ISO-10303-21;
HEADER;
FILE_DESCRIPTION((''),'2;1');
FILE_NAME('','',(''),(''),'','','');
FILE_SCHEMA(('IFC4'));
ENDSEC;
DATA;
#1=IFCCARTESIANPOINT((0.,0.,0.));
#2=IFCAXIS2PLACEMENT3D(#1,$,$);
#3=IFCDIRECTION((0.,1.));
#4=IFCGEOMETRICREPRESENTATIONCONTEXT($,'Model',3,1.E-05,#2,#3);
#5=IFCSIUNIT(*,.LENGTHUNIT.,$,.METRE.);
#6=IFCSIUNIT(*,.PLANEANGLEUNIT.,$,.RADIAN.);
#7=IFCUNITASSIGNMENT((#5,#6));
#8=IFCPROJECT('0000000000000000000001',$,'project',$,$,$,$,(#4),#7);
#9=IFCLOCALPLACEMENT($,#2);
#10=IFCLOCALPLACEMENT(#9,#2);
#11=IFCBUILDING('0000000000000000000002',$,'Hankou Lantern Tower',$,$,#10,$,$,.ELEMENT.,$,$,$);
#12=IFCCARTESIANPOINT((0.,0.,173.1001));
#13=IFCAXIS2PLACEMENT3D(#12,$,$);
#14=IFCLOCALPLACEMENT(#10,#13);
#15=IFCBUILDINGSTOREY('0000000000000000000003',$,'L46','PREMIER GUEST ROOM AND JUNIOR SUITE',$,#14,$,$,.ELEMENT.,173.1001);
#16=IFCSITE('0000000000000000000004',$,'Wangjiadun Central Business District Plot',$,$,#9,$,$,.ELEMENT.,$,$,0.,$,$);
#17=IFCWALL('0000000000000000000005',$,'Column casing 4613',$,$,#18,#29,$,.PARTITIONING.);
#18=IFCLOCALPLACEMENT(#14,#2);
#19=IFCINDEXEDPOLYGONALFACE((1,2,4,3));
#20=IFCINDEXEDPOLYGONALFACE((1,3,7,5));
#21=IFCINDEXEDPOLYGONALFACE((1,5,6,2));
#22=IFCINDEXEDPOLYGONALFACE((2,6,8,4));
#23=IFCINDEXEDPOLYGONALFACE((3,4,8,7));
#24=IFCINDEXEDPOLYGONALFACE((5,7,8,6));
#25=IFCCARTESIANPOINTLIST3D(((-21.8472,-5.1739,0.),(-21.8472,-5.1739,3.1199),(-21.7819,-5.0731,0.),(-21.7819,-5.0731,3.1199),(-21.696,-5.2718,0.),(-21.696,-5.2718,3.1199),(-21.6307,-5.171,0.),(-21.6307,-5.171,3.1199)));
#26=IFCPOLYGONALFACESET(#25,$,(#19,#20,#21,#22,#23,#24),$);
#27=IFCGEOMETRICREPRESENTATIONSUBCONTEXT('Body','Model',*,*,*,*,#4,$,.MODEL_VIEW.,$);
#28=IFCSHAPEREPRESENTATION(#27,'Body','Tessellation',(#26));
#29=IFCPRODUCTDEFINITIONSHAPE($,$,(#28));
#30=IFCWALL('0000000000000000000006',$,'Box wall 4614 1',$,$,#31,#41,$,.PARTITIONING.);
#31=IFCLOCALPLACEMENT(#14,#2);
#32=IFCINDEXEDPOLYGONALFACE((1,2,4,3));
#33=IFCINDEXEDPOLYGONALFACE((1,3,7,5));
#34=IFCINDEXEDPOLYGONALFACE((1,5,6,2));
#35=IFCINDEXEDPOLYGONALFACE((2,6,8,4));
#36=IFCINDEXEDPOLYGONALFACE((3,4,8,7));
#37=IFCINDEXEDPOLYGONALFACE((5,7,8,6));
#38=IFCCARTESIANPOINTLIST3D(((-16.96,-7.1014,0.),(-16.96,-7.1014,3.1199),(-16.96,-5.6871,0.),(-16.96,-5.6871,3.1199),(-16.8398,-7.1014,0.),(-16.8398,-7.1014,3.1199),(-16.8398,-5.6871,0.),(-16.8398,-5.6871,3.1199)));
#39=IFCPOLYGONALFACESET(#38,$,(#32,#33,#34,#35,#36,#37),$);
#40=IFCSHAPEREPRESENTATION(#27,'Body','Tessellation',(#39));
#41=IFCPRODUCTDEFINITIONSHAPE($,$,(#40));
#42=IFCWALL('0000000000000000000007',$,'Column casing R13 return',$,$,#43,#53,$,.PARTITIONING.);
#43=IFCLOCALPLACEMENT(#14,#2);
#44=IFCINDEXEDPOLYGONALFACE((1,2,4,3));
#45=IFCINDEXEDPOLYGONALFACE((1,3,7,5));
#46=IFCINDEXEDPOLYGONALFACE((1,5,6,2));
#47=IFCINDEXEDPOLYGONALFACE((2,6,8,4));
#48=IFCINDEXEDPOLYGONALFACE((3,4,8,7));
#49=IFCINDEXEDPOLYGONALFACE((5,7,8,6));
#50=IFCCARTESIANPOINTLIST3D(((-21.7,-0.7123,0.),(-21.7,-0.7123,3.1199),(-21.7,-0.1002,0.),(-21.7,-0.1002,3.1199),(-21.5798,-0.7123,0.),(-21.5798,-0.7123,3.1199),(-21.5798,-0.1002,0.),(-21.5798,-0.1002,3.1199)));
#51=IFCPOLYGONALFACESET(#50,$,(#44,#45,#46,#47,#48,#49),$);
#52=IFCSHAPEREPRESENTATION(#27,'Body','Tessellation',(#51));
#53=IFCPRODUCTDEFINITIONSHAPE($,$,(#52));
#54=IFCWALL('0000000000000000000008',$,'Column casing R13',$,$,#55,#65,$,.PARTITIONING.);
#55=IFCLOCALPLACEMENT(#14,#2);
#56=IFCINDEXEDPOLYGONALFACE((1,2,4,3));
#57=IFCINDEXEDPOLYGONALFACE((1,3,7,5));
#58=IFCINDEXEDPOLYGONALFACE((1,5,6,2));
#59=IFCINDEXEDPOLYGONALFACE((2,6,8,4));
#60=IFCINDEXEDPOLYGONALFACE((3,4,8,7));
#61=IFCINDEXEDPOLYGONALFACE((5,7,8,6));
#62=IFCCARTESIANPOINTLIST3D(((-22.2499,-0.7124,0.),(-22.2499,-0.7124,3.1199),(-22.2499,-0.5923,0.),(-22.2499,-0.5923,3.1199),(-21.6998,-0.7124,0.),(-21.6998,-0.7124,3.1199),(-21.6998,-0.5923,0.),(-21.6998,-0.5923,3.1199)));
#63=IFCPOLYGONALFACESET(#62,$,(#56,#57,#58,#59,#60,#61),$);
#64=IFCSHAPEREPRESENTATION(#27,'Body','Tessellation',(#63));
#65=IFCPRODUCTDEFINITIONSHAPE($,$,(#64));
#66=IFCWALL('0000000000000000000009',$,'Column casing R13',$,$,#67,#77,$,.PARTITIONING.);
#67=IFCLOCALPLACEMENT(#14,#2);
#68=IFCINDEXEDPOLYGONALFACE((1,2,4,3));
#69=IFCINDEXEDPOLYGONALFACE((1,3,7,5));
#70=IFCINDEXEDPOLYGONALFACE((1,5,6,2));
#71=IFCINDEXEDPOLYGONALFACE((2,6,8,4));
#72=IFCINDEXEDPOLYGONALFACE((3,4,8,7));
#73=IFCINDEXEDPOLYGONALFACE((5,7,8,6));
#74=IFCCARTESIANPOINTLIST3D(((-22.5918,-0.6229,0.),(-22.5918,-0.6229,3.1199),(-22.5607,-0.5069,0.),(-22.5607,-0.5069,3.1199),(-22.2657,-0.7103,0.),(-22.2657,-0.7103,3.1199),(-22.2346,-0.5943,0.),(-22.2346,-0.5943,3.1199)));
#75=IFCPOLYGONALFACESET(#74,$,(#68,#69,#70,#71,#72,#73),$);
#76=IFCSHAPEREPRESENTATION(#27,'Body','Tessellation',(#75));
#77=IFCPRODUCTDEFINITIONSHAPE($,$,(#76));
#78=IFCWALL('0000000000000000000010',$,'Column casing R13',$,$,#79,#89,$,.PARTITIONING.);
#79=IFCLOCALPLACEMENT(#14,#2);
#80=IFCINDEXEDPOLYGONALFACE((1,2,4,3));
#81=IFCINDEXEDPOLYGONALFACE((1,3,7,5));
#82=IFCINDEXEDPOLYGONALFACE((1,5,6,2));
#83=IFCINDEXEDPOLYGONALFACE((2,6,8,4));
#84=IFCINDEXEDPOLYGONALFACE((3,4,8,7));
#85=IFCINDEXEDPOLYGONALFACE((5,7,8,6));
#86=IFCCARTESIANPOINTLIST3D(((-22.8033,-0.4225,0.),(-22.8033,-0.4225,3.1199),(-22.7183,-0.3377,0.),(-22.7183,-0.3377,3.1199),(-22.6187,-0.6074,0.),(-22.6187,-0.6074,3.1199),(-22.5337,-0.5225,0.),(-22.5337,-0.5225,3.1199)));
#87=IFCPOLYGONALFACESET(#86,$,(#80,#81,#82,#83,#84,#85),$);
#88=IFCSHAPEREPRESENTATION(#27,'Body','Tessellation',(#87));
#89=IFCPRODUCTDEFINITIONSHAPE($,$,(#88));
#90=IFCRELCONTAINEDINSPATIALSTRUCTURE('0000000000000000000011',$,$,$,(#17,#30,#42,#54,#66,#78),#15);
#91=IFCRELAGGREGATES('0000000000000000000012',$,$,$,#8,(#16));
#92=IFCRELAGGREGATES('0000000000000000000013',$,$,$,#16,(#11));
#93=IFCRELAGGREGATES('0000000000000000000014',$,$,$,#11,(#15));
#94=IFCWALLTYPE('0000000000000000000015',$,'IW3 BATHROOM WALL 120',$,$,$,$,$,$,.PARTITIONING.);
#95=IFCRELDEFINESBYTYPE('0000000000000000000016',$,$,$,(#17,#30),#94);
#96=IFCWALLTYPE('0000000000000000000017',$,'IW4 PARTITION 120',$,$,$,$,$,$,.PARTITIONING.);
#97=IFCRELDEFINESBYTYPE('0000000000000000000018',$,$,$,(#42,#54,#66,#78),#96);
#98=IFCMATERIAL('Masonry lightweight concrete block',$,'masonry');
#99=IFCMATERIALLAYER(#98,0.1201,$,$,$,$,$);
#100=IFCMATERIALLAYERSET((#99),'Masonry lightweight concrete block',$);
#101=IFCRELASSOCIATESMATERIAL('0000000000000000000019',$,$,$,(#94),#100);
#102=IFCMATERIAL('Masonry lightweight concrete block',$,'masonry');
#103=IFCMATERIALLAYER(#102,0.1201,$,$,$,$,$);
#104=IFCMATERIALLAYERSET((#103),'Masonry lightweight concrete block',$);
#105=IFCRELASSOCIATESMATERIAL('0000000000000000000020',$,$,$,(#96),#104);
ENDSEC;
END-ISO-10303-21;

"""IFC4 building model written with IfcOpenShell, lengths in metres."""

from ifc_helpers import new_model, si_unit, direction, frame, frame_2d, origin, place, context, subcontext, project, spatial, rectangle, extrude, material, layer, layer_set, type_object, element, save


model = new_model("IFC4")

# Units and contexts
model_context = context("Model", 3, precision=1e-05, world=origin(), true_north=direction((0.0, 1.0)))
body_context = subcontext(model_context, "Body", "Model", "MODEL_VIEW")
ifc_project = project(units=[si_unit("LENGTHUNIT", "METRE"), si_unit("PLANEANGLEUNIT", "RADIAN")], contexts=[model_context])

# Site, building, storey
site_placement = place(None, origin())
site = spatial("IfcSite", under=ifc_project, at=site_placement, Name="Wangjiadun Central Business District Plot", CompositionType="ELEMENT", RefElevation=0.0)
building_placement = place(site_placement, origin())
building = spatial("IfcBuilding", under=site, at=building_placement, Name="Hankou Lantern Tower", CompositionType="ELEMENT")
storey_placement = place(building_placement, frame((0.0, 0.0, 173.1001)))
storey = spatial("IfcBuildingStorey", under=building, at=storey_placement, Name="L46", Description="PREMIER GUEST ROOM AND JUNIOR SUITE", CompositionType="ELEMENT", Elevation=173.1001)

# Walls
ifc_material_1 = material(Name="Masonry lightweight concrete block", Category="masonry")
ifc_layer_1 = layer(ifc_material_1, 0.1201)
ifc_layer_set_1 = layer_set([ifc_layer_1], Name="Masonry lightweight concrete block")
wall_type_1 = type_object("IfcWallType", Name="IW3 BATHROOM WALL 120", PredefinedType="PARTITIONING", material=ifc_layer_set_1)
wall_1_placement = place(storey_placement, frame((-21.6633, -5.2214, 0.0), z_axis=(0.0, 0.0, 1.0), x_axis=(-0.839279, 0.543701, 0.0)))
element("IfcWall", 1, at=wall_1_placement, inside=storey, type_object=wall_type_1, Name="Column casing 4613", PredefinedType="PARTITIONING", context=body_context, shape_type="SweptSolid", body=[
    extrude(rectangle(XDim=0.1802, YDim=0.1201, at=frame_2d((0.0901, 0.0))), origin(), (0.0, 0.0, 1.0), 3.1199),
])
wall_2_placement = place(storey_placement, frame((-16.8999, -5.6873, 0.0), z_axis=(0.0, 0.0, 1.0), x_axis=(0.0, -1.0, 0.0)))
element("IfcWall", 2, at=wall_2_placement, inside=storey, type_object=wall_type_1, Name="Box wall 4614 1", PredefinedType="PARTITIONING", context=body_context, shape_type="SweptSolid", body=[
    extrude(rectangle(XDim=1.4143, YDim=0.1201, at=frame_2d((0.707, 0.0))), origin(), (0.0, 0.0, 1.0), 3.1199),
])
ifc_material_2 = material(Name="Masonry lightweight concrete block", Category="masonry")
ifc_layer_2 = layer(ifc_material_2, 0.1201)
ifc_layer_set_2 = layer_set([ifc_layer_2], Name="Masonry lightweight concrete block")
wall_type_2 = type_object("IfcWallType", Name="IW4 PARTITION 120", PredefinedType="PARTITIONING", material=ifc_layer_set_2)
wall_3_placement = place(storey_placement, frame((-21.6399, -0.1001, 0.0), z_axis=(0.0, 0.0, 1.0), x_axis=(0.0, -1.0, 0.0)))
element("IfcWall", 3, at=wall_3_placement, inside=storey, type_object=wall_type_2, Name="Column casing R13 return", PredefinedType="PARTITIONING", context=body_context, shape_type="SweptSolid", body=[
    extrude(rectangle(XDim=0.6121, YDim=0.1201, at=frame_2d((0.3062, 0.0))), origin(), (0.0, 0.0, 1.0), 3.1199),
])
wall_4_placement = place(storey_placement, frame((-21.7, -0.6523, 0.0), z_axis=(0.0, 0.0, 1.0), x_axis=(-1.0, 0.0, 0.0)))
element("IfcWall", 4, at=wall_4_placement, inside=storey, type_object=wall_type_2, Name="Column casing R13", PredefinedType="PARTITIONING", context=body_context, shape_type="SweptSolid", body=[
    extrude(rectangle(XDim=0.55, YDim=0.1201, at=frame_2d((0.2749, 0.0))), origin(), (0.0, 0.0, 1.0), 3.1199),
])
wall_5_placement = place(storey_placement, frame((-22.25, -0.6523, 0.0), z_axis=(0.0, 0.0, 1.0), x_axis=(-0.965922, 0.258832, 0.0)))
element("IfcWall", 5, at=wall_5_placement, inside=storey, type_object=wall_type_2, Name="Column casing R13", PredefinedType="PARTITIONING", context=body_context, shape_type="SweptSolid", body=[
    extrude(rectangle(XDim=0.3376, YDim=0.1201, at=frame_2d((0.1689, 0.0))), origin(), (0.0, 0.0, 1.0), 3.1199),
])
wall_6_placement = place(storey_placement, frame((-22.5762, -0.5649, 0.0), z_axis=(0.0, 0.0, 1.0), x_axis=(-0.706639, 0.707574, 0.0)))
element("IfcWall", 6, at=wall_6_placement, inside=storey, type_object=wall_type_2, Name="Column casing R13", PredefinedType="PARTITIONING", context=body_context, shape_type="SweptSolid", body=[
    extrude(rectangle(XDim=0.2612, YDim=0.1201, at=frame_2d((0.1306, 0.0))), origin(), (0.0, 0.0, 1.0), 3.1199),
])

save(model, "model.ifc")
